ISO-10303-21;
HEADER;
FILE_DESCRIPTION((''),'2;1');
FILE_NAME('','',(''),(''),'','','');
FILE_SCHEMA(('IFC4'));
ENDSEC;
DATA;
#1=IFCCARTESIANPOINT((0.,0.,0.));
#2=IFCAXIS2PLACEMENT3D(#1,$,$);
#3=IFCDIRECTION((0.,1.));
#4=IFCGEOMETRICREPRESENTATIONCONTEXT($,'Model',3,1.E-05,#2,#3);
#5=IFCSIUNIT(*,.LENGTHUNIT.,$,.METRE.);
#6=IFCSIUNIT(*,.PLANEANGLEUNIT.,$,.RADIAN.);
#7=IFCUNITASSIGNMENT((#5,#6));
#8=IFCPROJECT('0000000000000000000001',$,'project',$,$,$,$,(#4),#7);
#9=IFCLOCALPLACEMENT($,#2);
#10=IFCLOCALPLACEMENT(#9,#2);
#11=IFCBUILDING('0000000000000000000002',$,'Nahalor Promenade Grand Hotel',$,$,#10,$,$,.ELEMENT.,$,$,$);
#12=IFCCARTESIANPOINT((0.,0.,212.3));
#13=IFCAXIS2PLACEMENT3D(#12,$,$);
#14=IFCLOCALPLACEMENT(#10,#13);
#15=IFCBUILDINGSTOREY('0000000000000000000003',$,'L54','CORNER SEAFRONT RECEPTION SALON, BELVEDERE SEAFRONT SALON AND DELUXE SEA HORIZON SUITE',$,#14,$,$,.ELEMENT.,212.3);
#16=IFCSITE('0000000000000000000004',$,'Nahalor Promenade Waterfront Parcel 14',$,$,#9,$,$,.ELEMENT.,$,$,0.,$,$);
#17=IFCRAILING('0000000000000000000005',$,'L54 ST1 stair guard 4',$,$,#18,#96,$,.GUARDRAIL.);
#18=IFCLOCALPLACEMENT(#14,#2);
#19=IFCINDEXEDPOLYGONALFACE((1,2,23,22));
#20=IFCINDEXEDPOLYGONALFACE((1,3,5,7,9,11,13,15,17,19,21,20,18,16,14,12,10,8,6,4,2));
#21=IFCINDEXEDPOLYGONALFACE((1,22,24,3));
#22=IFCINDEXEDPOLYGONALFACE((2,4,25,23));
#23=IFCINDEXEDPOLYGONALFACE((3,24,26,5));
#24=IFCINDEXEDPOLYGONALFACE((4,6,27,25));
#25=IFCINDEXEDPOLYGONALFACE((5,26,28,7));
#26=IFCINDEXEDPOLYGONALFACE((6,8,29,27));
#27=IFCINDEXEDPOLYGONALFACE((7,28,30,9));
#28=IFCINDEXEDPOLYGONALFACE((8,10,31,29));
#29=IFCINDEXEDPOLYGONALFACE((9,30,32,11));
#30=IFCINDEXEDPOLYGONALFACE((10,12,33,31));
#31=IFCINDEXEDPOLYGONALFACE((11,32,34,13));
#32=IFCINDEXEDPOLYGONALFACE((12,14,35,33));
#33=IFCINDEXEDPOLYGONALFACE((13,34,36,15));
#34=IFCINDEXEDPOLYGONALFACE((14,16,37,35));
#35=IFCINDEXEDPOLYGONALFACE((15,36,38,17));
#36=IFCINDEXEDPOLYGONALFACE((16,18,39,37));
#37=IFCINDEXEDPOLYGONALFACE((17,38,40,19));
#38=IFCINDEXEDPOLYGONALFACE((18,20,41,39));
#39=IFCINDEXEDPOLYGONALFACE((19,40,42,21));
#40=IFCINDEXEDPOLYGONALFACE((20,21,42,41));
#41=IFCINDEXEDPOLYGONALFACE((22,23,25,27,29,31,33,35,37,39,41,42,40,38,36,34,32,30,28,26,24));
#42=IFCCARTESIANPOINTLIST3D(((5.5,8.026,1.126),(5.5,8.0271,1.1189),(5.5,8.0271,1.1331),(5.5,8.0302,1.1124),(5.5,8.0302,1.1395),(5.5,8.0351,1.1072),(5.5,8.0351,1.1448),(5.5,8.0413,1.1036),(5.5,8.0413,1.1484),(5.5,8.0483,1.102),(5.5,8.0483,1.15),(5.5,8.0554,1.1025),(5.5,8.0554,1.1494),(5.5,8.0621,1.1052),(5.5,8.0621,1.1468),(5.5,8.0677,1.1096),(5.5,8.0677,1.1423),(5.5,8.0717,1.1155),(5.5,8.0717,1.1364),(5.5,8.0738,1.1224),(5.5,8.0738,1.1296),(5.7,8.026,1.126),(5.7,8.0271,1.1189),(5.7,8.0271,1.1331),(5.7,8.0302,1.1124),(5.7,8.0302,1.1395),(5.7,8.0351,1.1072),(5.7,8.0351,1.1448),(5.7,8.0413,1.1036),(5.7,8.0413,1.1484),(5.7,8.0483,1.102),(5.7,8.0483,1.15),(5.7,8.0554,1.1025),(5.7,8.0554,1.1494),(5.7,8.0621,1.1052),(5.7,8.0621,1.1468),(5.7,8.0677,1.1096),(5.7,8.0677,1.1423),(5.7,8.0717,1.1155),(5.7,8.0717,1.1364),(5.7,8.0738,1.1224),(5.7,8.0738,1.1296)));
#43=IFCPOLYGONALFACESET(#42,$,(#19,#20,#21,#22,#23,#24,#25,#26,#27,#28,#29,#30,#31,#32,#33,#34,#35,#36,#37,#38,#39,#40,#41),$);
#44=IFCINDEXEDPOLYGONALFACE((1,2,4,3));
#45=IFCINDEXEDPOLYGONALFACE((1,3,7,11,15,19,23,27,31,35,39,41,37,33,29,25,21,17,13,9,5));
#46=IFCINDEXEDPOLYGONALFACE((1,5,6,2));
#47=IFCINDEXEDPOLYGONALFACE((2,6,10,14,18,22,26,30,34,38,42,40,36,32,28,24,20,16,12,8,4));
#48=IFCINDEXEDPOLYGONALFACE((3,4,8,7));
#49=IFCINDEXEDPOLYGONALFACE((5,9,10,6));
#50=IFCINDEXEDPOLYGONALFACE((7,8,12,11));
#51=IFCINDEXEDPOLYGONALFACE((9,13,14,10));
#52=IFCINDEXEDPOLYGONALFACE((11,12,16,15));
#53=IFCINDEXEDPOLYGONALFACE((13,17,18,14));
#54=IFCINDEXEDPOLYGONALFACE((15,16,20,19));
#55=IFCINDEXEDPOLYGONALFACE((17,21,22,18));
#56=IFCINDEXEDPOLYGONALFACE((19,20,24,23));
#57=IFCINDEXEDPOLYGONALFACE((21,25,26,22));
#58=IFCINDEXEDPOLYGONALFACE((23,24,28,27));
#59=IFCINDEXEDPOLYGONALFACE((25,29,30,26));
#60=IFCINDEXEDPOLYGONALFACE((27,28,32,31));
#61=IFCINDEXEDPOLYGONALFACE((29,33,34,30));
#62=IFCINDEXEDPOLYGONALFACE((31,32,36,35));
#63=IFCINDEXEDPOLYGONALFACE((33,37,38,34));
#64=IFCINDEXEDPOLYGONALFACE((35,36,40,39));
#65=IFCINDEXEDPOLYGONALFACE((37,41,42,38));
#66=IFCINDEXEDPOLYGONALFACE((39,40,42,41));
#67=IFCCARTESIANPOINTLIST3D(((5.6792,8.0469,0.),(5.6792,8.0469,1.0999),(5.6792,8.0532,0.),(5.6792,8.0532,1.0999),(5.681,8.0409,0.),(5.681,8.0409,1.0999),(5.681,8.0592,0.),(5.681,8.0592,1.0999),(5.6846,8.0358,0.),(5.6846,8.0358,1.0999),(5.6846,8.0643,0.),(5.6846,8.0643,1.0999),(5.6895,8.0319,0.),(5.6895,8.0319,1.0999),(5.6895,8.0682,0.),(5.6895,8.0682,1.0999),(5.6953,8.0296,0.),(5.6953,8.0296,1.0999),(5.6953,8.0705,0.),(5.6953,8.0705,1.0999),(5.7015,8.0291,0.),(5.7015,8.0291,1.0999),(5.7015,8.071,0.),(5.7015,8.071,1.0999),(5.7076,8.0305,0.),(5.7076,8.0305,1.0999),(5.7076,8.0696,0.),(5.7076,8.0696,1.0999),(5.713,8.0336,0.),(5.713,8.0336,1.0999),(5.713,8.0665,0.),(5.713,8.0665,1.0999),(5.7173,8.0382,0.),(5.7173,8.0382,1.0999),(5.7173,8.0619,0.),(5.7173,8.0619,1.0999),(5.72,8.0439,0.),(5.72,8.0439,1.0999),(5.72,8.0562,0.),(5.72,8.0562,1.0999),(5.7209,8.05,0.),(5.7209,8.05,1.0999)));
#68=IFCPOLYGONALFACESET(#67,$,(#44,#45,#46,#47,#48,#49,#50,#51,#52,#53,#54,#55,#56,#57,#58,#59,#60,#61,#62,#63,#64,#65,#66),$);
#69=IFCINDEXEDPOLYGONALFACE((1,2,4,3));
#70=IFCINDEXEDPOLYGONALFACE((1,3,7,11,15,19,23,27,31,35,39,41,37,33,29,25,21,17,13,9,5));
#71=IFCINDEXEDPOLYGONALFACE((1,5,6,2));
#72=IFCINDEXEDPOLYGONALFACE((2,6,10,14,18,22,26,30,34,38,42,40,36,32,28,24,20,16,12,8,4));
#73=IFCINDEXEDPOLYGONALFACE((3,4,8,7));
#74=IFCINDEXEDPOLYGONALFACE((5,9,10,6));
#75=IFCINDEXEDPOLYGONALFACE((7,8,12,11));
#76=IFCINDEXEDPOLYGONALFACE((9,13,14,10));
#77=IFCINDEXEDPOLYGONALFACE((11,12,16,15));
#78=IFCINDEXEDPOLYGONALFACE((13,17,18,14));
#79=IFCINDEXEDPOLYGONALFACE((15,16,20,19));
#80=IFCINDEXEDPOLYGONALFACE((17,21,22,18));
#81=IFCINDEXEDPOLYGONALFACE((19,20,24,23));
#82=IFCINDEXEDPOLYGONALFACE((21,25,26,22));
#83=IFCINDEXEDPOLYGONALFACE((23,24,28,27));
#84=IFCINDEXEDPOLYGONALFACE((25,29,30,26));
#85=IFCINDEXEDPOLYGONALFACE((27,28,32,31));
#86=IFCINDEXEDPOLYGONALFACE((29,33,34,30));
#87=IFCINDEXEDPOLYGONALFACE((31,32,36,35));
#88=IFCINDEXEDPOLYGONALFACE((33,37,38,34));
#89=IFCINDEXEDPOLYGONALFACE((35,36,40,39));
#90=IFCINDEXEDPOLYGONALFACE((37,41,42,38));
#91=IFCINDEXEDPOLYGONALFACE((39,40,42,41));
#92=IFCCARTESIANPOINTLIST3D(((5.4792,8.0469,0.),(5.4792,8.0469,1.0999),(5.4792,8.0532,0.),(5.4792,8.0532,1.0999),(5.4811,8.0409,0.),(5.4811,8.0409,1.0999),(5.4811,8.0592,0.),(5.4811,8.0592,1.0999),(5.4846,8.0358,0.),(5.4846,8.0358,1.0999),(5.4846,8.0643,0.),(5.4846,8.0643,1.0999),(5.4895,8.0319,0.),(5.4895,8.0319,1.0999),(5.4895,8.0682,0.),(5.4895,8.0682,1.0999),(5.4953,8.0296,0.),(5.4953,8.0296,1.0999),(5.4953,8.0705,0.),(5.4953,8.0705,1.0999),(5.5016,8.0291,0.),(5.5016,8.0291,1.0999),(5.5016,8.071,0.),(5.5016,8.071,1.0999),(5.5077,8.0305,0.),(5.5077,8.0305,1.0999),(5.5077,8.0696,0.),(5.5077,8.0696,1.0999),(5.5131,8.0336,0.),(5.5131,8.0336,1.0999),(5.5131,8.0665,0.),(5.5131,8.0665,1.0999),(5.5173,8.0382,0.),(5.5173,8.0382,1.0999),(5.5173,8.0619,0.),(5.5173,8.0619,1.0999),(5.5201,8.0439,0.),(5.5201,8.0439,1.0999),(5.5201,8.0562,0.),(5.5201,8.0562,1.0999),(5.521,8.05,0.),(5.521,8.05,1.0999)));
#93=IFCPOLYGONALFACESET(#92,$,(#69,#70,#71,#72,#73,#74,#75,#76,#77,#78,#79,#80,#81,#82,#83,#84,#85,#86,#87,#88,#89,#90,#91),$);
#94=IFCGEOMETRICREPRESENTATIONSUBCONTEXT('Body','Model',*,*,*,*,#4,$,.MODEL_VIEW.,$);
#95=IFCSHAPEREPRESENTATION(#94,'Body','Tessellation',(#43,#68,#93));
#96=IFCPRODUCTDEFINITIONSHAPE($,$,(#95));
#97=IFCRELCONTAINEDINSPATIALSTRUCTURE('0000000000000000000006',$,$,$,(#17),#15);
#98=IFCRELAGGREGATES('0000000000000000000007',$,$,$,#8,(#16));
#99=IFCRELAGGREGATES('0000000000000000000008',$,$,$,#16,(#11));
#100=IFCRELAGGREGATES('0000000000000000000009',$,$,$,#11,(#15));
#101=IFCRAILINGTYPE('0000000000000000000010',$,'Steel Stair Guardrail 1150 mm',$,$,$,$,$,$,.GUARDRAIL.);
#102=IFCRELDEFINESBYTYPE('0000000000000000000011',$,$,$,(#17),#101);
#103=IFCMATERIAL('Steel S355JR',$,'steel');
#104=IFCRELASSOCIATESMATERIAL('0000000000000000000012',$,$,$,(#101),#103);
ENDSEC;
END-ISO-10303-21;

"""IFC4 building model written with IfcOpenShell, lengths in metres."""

from ifc_helpers import new_model, si_unit, direction, frame, origin, origin_2d, place, context, subcontext, project, spatial, circle, extrude, material, type_object, element, save


model = new_model("IFC4")

# Units and contexts
model_context = context("Model", 3, precision=1e-05, world=origin(), true_north=direction((0.0, 1.0)))
body_context = subcontext(model_context, "Body", "Model", "MODEL_VIEW")
ifc_project = project(units=[si_unit("LENGTHUNIT", "METRE"), si_unit("PLANEANGLEUNIT", "RADIAN")], contexts=[model_context])

# Site, building, storey
site_placement = place(None, origin())
site = spatial("IfcSite", under=ifc_project, at=site_placement, Name="Nahalor Promenade Waterfront Parcel 14", CompositionType="ELEMENT", RefElevation=0.0)
building_placement = place(site_placement, origin())
building = spatial("IfcBuilding", under=site, at=building_placement, Name="Nahalor Promenade Grand Hotel", CompositionType="ELEMENT")
storey_placement = place(building_placement, frame((0.0, 0.0, 212.3)))
storey = spatial("IfcBuildingStorey", under=building, at=storey_placement, Name="L54", Description="CORNER SEAFRONT RECEPTION SALON, BELVEDERE SEAFRONT SALON AND DELUXE SEA HORIZON SUITE", CompositionType="ELEMENT", Elevation=212.3)

# Shared definitions
ifc_material_1 = material(Name="Steel S355JR", Category="steel")

# Railing
railing_type_1 = type_object("IfcRailingType", Name="Steel Stair Guardrail 1150 mm", PredefinedType="GUARDRAIL", material=ifc_material_1)
railing_1_placement = place(storey_placement, frame((5.7, 8.05, 0.0)))
element("IfcRailing", 1, at=railing_1_placement, inside=storey, type_object=railing_type_1, Name="L54 ST1 stair guard 4", PredefinedType="GUARDRAIL", context=body_context, shape_type="SweptSolid", body=[
    extrude(circle(Radius=0.024, at=origin_2d()), frame((0.0, 0.0, 1.126), z_axis=(-1.0, 0.0, 0.0), x_axis=(0.0, -1.0, 0.0)), (0.0, 0.0, 1.0), 0.2),
    extrude(circle(Radius=0.021, at=origin_2d()), origin(), (0.0, 0.0, 1.0), 1.0999),
    extrude(circle(Radius=0.021, at=origin_2d()), frame((-0.2, 0.0, 0.0)), (0.0, 0.0, 1.0), 1.0999),
])

save(model, "model.ifc")
